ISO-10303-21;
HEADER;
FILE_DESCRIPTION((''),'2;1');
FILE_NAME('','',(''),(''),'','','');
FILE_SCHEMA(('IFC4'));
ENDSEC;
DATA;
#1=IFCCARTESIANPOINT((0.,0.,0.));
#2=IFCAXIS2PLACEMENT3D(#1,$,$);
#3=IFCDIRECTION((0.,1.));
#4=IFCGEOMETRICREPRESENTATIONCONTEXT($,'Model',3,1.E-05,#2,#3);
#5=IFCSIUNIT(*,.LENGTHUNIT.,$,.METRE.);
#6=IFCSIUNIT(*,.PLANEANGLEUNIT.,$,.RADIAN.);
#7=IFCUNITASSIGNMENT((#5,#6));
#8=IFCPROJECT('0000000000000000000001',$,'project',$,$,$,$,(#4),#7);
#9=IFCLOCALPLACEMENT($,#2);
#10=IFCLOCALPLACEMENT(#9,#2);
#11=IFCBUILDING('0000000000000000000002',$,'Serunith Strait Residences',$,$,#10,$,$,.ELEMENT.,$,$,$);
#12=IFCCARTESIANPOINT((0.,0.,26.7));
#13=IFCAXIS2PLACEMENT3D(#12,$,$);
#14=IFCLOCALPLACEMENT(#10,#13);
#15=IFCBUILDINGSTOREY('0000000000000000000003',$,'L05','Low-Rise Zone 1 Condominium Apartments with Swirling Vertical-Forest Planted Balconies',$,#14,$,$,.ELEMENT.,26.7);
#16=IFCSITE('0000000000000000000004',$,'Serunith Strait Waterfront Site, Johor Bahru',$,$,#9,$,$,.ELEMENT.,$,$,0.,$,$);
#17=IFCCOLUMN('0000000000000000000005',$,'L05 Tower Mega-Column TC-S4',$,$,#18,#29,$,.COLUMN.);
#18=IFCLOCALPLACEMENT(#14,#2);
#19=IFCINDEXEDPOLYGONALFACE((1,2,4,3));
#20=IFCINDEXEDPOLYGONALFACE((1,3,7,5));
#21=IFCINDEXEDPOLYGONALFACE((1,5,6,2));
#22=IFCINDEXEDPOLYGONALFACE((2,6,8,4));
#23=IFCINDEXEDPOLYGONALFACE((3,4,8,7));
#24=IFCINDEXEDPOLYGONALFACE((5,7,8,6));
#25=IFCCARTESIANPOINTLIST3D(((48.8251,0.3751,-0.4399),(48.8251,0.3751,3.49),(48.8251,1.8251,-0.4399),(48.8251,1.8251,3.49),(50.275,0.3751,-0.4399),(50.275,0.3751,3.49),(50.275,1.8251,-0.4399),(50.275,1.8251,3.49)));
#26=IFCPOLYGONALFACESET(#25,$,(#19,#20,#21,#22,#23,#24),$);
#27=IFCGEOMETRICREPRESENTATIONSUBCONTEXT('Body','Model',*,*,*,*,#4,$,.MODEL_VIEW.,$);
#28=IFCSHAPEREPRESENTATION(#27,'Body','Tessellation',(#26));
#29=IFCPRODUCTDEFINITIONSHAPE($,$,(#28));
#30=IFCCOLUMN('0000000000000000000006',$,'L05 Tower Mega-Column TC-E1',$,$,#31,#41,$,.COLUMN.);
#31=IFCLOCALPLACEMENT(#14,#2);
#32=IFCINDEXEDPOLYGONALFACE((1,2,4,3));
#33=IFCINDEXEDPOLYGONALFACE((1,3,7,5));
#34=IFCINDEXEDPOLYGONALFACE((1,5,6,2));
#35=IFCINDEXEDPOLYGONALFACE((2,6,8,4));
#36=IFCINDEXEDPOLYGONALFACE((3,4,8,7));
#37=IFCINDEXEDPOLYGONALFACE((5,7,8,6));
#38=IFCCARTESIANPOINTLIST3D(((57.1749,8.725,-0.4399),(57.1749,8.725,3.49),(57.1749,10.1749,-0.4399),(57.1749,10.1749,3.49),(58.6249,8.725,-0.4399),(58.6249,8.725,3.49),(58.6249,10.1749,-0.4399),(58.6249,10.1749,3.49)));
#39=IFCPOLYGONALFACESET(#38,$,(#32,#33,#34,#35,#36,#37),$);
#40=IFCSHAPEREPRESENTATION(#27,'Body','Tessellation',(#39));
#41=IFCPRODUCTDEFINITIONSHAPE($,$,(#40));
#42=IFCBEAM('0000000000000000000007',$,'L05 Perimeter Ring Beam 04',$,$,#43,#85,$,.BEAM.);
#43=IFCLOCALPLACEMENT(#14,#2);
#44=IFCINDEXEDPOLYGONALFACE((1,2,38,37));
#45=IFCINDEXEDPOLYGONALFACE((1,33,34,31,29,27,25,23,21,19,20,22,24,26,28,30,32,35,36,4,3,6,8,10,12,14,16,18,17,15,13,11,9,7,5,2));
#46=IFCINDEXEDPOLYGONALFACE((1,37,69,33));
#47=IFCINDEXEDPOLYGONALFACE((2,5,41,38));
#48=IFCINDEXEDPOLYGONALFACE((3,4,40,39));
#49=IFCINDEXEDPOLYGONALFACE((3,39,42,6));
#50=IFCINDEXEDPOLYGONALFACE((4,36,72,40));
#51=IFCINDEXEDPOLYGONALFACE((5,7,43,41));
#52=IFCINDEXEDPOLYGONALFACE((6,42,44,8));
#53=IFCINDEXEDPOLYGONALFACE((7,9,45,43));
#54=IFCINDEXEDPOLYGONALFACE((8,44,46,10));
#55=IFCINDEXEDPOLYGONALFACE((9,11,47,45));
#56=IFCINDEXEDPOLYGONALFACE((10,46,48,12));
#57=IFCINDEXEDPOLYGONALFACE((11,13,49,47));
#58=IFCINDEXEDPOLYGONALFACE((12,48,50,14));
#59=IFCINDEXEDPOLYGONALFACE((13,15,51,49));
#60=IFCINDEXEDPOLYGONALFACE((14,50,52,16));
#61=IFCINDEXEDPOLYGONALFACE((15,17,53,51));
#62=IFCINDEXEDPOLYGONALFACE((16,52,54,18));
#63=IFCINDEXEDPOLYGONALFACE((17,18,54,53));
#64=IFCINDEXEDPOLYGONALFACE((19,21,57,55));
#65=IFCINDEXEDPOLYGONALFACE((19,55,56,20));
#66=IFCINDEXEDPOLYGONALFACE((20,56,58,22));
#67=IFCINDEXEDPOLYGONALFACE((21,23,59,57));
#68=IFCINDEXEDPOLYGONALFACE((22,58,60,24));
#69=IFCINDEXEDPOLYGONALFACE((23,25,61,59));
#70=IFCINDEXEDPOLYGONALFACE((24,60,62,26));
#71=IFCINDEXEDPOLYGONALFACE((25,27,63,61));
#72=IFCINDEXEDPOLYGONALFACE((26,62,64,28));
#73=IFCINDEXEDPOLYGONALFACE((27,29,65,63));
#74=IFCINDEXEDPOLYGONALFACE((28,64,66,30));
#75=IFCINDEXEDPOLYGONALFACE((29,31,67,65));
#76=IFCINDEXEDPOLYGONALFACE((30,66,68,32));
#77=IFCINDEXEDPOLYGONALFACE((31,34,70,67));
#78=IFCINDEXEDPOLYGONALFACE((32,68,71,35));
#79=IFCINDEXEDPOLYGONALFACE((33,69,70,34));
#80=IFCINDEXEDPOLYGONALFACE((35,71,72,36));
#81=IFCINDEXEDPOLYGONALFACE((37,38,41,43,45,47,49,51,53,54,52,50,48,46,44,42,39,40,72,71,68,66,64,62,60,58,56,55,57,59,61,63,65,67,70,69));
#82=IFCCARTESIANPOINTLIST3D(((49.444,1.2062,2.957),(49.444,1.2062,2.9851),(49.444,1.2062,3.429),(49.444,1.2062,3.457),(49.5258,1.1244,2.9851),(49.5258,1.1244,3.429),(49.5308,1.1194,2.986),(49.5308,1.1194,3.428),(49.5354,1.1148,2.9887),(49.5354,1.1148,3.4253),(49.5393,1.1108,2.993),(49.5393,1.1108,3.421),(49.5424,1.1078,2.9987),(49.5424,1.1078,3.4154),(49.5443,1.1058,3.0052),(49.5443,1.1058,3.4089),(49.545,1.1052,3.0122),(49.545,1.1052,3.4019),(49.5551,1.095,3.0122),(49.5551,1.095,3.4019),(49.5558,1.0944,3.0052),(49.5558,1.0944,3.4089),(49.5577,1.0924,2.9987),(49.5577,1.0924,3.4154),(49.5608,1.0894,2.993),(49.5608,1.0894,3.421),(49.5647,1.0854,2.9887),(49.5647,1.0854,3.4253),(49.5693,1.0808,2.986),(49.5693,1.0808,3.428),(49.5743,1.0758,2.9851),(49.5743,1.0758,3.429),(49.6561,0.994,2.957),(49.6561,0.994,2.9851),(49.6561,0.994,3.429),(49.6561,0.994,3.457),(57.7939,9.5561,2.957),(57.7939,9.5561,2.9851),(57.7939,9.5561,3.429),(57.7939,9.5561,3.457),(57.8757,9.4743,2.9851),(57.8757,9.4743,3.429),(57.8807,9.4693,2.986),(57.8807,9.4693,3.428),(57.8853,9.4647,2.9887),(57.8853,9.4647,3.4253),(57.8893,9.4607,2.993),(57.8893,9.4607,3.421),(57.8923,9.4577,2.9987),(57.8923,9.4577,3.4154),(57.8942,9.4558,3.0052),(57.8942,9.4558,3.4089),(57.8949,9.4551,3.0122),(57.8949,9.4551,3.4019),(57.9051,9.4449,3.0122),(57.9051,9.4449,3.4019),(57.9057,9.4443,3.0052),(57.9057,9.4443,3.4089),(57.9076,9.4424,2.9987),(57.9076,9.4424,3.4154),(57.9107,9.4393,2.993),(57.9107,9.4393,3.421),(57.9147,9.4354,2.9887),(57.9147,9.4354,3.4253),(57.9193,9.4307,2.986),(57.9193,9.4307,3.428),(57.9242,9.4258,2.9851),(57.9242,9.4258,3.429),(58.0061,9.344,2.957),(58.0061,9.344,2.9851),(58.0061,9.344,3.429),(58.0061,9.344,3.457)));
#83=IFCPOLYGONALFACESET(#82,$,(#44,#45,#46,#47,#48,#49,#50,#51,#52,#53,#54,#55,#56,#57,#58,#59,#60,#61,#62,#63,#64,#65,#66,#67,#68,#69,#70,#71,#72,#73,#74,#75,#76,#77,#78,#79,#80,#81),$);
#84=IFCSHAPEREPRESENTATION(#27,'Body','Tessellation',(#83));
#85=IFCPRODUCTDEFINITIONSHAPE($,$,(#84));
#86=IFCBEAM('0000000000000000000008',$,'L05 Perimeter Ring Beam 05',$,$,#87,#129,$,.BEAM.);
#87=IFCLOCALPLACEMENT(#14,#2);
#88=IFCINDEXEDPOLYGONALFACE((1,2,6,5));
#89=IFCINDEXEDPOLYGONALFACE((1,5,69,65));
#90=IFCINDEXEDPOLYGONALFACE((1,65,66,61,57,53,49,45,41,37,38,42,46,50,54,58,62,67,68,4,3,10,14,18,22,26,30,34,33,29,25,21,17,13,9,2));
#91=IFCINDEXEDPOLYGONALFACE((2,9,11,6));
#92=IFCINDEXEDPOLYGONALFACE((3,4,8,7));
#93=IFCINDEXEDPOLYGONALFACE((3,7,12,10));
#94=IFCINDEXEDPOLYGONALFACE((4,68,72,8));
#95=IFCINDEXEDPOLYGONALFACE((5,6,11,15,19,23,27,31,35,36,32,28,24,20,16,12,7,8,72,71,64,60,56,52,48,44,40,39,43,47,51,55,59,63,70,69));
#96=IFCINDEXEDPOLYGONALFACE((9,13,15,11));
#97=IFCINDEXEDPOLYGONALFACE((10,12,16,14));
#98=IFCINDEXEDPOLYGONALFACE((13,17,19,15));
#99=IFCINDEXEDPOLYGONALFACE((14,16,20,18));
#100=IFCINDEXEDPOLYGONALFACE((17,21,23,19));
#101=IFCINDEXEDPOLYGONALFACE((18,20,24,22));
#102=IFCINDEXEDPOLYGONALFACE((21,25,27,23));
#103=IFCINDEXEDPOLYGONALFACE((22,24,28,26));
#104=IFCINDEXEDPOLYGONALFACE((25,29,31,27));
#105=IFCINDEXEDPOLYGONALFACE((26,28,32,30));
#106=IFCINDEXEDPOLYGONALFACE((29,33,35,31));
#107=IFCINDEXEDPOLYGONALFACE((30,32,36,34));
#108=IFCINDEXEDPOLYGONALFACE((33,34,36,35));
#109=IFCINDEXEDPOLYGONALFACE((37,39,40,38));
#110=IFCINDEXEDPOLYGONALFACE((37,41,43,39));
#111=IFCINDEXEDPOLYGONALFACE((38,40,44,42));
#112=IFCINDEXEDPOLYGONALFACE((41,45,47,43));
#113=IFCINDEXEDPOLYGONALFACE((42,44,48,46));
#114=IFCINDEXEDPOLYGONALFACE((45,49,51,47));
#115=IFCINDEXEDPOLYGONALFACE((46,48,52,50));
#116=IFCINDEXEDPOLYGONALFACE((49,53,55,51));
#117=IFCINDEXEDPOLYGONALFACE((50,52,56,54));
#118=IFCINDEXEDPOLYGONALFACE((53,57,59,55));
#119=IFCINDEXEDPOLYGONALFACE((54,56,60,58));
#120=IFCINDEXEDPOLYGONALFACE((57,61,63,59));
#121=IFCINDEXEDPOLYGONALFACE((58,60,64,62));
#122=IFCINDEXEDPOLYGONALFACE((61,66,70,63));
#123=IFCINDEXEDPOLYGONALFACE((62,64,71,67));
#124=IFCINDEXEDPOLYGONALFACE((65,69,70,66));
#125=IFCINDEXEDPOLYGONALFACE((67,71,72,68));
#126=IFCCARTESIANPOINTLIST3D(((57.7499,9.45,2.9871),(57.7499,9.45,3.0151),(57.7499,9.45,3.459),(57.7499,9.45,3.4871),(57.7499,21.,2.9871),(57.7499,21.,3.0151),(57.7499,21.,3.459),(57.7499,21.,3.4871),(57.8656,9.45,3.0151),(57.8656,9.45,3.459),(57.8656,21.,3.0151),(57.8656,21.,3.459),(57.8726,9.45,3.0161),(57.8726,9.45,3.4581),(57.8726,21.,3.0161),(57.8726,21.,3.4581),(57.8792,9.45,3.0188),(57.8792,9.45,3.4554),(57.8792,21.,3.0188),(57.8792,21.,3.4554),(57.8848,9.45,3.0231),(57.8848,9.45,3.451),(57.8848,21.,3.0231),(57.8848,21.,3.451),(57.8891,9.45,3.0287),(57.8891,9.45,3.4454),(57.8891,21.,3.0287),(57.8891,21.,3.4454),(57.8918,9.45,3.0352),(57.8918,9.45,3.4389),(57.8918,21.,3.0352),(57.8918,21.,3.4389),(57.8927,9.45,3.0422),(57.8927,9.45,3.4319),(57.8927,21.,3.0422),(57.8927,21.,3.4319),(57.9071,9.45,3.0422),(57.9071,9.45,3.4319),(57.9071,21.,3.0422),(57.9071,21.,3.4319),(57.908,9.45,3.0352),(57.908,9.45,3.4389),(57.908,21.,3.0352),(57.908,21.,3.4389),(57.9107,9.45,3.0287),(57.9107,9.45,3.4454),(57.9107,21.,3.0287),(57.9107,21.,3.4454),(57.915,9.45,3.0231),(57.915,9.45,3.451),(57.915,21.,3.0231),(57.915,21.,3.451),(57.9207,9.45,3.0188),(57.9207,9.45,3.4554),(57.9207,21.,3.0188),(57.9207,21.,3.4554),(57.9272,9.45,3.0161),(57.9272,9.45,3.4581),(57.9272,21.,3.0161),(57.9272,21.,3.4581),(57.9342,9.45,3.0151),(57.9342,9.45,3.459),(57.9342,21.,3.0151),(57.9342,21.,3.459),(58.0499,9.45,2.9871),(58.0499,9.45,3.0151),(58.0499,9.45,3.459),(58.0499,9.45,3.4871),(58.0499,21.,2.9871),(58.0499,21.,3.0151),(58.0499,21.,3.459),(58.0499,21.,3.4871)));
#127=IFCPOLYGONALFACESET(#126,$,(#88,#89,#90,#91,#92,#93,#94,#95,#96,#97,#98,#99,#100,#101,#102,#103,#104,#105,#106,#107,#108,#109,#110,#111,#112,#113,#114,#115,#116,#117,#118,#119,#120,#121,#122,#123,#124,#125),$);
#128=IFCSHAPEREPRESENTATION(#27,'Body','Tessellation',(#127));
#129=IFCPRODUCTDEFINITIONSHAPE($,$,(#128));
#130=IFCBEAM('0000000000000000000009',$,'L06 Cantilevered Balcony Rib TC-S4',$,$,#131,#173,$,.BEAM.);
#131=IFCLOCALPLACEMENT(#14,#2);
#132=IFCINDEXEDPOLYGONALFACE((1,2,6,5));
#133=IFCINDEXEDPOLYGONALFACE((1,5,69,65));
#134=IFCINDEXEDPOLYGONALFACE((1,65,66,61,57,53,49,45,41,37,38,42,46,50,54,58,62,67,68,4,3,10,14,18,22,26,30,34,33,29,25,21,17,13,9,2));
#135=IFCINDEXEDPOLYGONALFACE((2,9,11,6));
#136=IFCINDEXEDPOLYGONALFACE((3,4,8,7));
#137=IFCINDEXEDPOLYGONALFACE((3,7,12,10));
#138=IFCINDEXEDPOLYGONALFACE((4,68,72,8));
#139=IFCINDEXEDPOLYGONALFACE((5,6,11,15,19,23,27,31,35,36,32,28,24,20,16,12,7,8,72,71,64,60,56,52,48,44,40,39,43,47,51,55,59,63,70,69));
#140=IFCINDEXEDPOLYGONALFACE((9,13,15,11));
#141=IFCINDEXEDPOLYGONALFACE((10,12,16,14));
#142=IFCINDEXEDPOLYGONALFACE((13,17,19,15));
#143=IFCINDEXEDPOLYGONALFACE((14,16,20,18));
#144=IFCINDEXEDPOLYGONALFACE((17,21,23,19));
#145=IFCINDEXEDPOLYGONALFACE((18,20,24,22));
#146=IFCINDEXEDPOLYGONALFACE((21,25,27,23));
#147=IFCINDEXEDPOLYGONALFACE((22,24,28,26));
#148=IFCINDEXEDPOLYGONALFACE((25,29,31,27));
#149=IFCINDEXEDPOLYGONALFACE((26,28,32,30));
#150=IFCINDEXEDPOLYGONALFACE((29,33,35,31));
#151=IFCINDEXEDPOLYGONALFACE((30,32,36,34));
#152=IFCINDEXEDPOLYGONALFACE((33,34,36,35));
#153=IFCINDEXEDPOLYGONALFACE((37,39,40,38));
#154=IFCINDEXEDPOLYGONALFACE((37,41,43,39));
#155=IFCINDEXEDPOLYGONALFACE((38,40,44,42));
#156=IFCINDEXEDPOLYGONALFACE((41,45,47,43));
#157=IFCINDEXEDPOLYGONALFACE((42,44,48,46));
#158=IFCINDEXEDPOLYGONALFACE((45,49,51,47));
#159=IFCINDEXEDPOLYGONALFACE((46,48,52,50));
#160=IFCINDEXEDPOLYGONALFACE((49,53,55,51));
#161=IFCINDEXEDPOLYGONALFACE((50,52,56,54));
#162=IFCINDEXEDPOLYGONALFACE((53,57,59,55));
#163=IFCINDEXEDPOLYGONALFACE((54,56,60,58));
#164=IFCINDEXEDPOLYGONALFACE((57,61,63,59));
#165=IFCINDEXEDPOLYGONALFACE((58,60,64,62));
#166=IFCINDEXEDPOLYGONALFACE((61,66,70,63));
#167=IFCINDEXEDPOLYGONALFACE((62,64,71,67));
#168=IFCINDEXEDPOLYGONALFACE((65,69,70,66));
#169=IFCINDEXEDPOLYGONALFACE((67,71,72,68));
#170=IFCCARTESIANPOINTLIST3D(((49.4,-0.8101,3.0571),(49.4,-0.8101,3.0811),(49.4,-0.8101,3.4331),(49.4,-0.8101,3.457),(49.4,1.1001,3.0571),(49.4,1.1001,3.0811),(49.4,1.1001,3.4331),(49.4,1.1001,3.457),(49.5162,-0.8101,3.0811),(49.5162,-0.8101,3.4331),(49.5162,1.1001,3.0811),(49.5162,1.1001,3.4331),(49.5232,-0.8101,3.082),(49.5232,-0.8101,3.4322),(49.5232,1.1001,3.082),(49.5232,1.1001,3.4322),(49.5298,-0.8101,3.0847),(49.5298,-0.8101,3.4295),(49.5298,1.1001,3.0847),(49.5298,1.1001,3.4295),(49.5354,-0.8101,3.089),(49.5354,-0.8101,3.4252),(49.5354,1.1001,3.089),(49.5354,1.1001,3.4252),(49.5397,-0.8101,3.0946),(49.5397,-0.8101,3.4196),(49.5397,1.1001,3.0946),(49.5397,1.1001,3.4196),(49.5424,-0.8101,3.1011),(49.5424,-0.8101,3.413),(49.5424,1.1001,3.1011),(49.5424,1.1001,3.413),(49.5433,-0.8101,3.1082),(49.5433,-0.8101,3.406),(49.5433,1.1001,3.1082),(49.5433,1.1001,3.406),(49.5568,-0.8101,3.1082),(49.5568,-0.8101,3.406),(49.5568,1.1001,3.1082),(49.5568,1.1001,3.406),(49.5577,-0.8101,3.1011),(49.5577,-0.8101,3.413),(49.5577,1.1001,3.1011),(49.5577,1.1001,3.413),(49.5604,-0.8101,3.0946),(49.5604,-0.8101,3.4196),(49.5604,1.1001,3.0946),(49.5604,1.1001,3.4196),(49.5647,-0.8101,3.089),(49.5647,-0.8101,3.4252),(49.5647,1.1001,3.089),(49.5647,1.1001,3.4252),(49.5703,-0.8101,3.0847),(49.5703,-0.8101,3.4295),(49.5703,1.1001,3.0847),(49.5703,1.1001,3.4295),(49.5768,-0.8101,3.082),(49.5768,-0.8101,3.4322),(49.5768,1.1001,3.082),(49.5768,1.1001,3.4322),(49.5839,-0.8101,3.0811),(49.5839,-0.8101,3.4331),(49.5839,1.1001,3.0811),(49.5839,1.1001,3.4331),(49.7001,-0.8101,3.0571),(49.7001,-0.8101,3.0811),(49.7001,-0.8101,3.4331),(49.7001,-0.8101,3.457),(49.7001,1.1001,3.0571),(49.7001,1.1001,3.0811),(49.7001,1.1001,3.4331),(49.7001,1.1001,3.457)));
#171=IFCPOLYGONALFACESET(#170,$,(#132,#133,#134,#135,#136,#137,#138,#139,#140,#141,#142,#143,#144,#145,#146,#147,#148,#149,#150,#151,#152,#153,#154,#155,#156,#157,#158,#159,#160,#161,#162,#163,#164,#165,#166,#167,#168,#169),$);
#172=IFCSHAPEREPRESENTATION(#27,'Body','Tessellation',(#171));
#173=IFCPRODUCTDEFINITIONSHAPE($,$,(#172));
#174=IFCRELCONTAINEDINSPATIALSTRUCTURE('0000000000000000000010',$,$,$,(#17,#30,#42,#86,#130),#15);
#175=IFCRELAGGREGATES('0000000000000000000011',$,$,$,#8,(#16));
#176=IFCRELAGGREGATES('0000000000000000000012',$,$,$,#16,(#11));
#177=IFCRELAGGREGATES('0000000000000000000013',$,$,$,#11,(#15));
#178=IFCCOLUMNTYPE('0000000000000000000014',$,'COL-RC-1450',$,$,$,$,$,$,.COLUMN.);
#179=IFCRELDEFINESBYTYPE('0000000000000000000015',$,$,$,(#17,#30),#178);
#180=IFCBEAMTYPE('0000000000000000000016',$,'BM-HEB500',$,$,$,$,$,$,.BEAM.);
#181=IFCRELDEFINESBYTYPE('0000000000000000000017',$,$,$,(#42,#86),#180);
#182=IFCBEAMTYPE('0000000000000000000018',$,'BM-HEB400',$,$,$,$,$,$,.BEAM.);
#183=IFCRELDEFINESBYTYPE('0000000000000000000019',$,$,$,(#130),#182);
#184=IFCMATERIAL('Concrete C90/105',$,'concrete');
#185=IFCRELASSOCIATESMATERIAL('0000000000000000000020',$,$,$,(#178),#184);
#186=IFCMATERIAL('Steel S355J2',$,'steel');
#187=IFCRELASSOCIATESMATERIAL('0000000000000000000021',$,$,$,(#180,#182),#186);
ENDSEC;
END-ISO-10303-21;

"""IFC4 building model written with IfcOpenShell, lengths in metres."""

from ifc_helpers import new_model, si_unit, direction, frame, origin, origin_2d, place, context, subcontext, project, spatial, rectangle, i_section, extrude, source, transform, mapped, material, material_profile, profile_set, type_object, element, save


model = new_model("IFC4")

# Units and contexts
model_context = context("Model", 3, precision=1e-05, world=origin(), true_north=direction((0.0, 1.0)))
body_context = subcontext(model_context, "Body", "Model", "MODEL_VIEW")
ifc_project = project(units=[si_unit("LENGTHUNIT", "METRE"), si_unit("PLANEANGLEUNIT", "RADIAN")], contexts=[model_context])

# Site, building, storey
site_placement = place(None, origin())
site = spatial("IfcSite", under=ifc_project, at=site_placement, Name="Serunith Strait Waterfront Site, Johor Bahru", CompositionType="ELEMENT", RefElevation=0.0)
building_placement = place(site_placement, origin())
building = spatial("IfcBuilding", under=site, at=building_placement, Name="Serunith Strait Residences", CompositionType="ELEMENT")
storey_placement = place(building_placement, frame((0.0, 0.0, 26.7)))
storey = spatial("IfcBuildingStorey", under=building, at=storey_placement, Name="L05", Description="Low-Rise Zone 1 Condominium Apartments with Swirling Vertical-Forest Planted Balconies", CompositionType="ELEMENT", Elevation=26.7)

# Columns
ifc_material_1 = material(Name="Concrete C90/105", Category="concrete")
ifc_material_profile_1 = material_profile(ifc_material_1, rectangle(XDim=1.45, YDim=1.45, at=origin_2d()), Name="RC 1450x1450")
ifc_profile_set_1 = profile_set([ifc_material_profile_1], Name="Concrete C90/105")
column_type = type_object("IfcColumnType", Name="COL-RC-1450", PredefinedType="COLUMN", material=ifc_profile_set_1)
shared_shape_1 = source(origin(), body_context, "Body", "SweptSolid", [
    extrude(rectangle(XDim=1.45, YDim=1.45, at=origin_2d()), origin(), (0.0, 0.0, 1.0), 3.9299),
])
for number, where, z_axis, x_axis, name in (
    (1, (49.55, 1.1001, -0.4399), (0.0, 0.0, 1.0), (1.0, 0.0, 0.0), "L05 Tower Mega-Column TC-S4"),
    (2, (57.8999, 9.45, -0.4399), (0.0, 0.0, 1.0), (1.0, 0.0, 0.0), "L05 Tower Mega-Column TC-E1"),
):
    element("IfcColumn", number, at=place(storey_placement, frame(where, z_axis=z_axis, x_axis=x_axis)), inside=storey, type_object=column_type, Name=name, PredefinedType="COLUMN", context=body_context, shape_type="MappedRepresentation", body=[
        mapped(shared_shape_1, transform((0.0, 0.0, 0.0), scale=1.0)),
    ])

# Beams
ifc_material_2 = material(Name="Steel S355J2", Category="steel")
ifc_material_profile_2 = material_profile(ifc_material_2, i_section(OverallWidth=0.3, OverallDepth=0.5, WebThickness=0.0144, FlangeThickness=0.0281, FilletRadius=0.0271, at=origin_2d()), Name="HEB 500")
ifc_profile_set_2 = profile_set([ifc_material_profile_2], Name="Steel S355J2")
beam_type_1 = type_object("IfcBeamType", Name="BM-HEB500", PredefinedType="BEAM", material=ifc_profile_set_2)
shared_shape_2 = source(origin(), body_context, "Body", "SweptSolid", [
    extrude(i_section(OverallWidth=0.3, OverallDepth=0.5, WebThickness=0.0144, FlangeThickness=0.0281, FilletRadius=0.0271, at=origin_2d()), origin(), (0.0, 0.0, 1.0), 11.8086),
])
beam_1_placement = place(storey_placement, frame((49.55, 1.1001, 3.207), z_axis=(0.707107, 0.707107, 0.0), x_axis=(-0.707107, 0.707107, 0.0)))
element("IfcBeam", 3, at=beam_1_placement, inside=storey, type_object=beam_type_1, Name="L05 Perimeter Ring Beam 04", PredefinedType="BEAM", context=body_context, shape_type="MappedRepresentation", body=[
    mapped(shared_shape_2, transform((0.0, 0.0, 0.0), scale=1.0)),
])
shared_shape_3 = source(origin(), body_context, "Body", "SweptSolid", [
    extrude(i_section(OverallWidth=0.3, OverallDepth=0.5, WebThickness=0.0144, FlangeThickness=0.0281, FilletRadius=0.0271, at=origin_2d()), origin(), (0.0, 0.0, 1.0), 11.55),
])
beam_2_placement = place(storey_placement, frame((57.8999, 9.45, 3.2371), z_axis=(0.0, 1.0, 0.0), x_axis=(-1.0, 0.0, 0.0)))
element("IfcBeam", 4, at=beam_2_placement, inside=storey, type_object=beam_type_1, Name="L05 Perimeter Ring Beam 05", PredefinedType="BEAM", context=body_context, shape_type="MappedRepresentation", body=[
    mapped(shared_shape_3, transform((0.0, 0.0, 0.0), scale=1.0)),
])
ifc_material_profile_3 = material_profile(ifc_material_2, i_section(OverallWidth=0.3, OverallDepth=0.3999, WebThickness=0.0134, FlangeThickness=0.0239, FilletRadius=0.0271, at=origin_2d()), Name="HEB 400")
ifc_profile_set_3 = profile_set([ifc_material_profile_3], Name="Steel S355J2")
beam_type_2 = type_object("IfcBeamType", Name="BM-HEB400", PredefinedType="BEAM", material=ifc_profile_set_3)
shared_shape_4 = source(origin(), body_context, "Body", "SweptSolid", [
    extrude(i_section(OverallWidth=0.3, OverallDepth=0.3999, WebThickness=0.0134, FlangeThickness=0.0239, FilletRadius=0.0271, at=origin_2d()), origin(), (0.0, 0.0, 1.0), 1.9102),
])
beam_3_placement = place(storey_placement, frame((49.55, 1.1001, 3.2571), z_axis=(0.0, -1.0, 0.0), x_axis=(1.0, 0.0, 0.0)))
element("IfcBeam", 5, at=beam_3_placement, inside=storey, type_object=beam_type_2, Name="L06 Cantilevered Balcony Rib TC-S4", PredefinedType="BEAM", context=body_context, shape_type="MappedRepresentation", body=[
    mapped(shared_shape_4, transform((0.0, 0.0, 0.0), scale=1.0)),
])

save(model, "model.ifc")
